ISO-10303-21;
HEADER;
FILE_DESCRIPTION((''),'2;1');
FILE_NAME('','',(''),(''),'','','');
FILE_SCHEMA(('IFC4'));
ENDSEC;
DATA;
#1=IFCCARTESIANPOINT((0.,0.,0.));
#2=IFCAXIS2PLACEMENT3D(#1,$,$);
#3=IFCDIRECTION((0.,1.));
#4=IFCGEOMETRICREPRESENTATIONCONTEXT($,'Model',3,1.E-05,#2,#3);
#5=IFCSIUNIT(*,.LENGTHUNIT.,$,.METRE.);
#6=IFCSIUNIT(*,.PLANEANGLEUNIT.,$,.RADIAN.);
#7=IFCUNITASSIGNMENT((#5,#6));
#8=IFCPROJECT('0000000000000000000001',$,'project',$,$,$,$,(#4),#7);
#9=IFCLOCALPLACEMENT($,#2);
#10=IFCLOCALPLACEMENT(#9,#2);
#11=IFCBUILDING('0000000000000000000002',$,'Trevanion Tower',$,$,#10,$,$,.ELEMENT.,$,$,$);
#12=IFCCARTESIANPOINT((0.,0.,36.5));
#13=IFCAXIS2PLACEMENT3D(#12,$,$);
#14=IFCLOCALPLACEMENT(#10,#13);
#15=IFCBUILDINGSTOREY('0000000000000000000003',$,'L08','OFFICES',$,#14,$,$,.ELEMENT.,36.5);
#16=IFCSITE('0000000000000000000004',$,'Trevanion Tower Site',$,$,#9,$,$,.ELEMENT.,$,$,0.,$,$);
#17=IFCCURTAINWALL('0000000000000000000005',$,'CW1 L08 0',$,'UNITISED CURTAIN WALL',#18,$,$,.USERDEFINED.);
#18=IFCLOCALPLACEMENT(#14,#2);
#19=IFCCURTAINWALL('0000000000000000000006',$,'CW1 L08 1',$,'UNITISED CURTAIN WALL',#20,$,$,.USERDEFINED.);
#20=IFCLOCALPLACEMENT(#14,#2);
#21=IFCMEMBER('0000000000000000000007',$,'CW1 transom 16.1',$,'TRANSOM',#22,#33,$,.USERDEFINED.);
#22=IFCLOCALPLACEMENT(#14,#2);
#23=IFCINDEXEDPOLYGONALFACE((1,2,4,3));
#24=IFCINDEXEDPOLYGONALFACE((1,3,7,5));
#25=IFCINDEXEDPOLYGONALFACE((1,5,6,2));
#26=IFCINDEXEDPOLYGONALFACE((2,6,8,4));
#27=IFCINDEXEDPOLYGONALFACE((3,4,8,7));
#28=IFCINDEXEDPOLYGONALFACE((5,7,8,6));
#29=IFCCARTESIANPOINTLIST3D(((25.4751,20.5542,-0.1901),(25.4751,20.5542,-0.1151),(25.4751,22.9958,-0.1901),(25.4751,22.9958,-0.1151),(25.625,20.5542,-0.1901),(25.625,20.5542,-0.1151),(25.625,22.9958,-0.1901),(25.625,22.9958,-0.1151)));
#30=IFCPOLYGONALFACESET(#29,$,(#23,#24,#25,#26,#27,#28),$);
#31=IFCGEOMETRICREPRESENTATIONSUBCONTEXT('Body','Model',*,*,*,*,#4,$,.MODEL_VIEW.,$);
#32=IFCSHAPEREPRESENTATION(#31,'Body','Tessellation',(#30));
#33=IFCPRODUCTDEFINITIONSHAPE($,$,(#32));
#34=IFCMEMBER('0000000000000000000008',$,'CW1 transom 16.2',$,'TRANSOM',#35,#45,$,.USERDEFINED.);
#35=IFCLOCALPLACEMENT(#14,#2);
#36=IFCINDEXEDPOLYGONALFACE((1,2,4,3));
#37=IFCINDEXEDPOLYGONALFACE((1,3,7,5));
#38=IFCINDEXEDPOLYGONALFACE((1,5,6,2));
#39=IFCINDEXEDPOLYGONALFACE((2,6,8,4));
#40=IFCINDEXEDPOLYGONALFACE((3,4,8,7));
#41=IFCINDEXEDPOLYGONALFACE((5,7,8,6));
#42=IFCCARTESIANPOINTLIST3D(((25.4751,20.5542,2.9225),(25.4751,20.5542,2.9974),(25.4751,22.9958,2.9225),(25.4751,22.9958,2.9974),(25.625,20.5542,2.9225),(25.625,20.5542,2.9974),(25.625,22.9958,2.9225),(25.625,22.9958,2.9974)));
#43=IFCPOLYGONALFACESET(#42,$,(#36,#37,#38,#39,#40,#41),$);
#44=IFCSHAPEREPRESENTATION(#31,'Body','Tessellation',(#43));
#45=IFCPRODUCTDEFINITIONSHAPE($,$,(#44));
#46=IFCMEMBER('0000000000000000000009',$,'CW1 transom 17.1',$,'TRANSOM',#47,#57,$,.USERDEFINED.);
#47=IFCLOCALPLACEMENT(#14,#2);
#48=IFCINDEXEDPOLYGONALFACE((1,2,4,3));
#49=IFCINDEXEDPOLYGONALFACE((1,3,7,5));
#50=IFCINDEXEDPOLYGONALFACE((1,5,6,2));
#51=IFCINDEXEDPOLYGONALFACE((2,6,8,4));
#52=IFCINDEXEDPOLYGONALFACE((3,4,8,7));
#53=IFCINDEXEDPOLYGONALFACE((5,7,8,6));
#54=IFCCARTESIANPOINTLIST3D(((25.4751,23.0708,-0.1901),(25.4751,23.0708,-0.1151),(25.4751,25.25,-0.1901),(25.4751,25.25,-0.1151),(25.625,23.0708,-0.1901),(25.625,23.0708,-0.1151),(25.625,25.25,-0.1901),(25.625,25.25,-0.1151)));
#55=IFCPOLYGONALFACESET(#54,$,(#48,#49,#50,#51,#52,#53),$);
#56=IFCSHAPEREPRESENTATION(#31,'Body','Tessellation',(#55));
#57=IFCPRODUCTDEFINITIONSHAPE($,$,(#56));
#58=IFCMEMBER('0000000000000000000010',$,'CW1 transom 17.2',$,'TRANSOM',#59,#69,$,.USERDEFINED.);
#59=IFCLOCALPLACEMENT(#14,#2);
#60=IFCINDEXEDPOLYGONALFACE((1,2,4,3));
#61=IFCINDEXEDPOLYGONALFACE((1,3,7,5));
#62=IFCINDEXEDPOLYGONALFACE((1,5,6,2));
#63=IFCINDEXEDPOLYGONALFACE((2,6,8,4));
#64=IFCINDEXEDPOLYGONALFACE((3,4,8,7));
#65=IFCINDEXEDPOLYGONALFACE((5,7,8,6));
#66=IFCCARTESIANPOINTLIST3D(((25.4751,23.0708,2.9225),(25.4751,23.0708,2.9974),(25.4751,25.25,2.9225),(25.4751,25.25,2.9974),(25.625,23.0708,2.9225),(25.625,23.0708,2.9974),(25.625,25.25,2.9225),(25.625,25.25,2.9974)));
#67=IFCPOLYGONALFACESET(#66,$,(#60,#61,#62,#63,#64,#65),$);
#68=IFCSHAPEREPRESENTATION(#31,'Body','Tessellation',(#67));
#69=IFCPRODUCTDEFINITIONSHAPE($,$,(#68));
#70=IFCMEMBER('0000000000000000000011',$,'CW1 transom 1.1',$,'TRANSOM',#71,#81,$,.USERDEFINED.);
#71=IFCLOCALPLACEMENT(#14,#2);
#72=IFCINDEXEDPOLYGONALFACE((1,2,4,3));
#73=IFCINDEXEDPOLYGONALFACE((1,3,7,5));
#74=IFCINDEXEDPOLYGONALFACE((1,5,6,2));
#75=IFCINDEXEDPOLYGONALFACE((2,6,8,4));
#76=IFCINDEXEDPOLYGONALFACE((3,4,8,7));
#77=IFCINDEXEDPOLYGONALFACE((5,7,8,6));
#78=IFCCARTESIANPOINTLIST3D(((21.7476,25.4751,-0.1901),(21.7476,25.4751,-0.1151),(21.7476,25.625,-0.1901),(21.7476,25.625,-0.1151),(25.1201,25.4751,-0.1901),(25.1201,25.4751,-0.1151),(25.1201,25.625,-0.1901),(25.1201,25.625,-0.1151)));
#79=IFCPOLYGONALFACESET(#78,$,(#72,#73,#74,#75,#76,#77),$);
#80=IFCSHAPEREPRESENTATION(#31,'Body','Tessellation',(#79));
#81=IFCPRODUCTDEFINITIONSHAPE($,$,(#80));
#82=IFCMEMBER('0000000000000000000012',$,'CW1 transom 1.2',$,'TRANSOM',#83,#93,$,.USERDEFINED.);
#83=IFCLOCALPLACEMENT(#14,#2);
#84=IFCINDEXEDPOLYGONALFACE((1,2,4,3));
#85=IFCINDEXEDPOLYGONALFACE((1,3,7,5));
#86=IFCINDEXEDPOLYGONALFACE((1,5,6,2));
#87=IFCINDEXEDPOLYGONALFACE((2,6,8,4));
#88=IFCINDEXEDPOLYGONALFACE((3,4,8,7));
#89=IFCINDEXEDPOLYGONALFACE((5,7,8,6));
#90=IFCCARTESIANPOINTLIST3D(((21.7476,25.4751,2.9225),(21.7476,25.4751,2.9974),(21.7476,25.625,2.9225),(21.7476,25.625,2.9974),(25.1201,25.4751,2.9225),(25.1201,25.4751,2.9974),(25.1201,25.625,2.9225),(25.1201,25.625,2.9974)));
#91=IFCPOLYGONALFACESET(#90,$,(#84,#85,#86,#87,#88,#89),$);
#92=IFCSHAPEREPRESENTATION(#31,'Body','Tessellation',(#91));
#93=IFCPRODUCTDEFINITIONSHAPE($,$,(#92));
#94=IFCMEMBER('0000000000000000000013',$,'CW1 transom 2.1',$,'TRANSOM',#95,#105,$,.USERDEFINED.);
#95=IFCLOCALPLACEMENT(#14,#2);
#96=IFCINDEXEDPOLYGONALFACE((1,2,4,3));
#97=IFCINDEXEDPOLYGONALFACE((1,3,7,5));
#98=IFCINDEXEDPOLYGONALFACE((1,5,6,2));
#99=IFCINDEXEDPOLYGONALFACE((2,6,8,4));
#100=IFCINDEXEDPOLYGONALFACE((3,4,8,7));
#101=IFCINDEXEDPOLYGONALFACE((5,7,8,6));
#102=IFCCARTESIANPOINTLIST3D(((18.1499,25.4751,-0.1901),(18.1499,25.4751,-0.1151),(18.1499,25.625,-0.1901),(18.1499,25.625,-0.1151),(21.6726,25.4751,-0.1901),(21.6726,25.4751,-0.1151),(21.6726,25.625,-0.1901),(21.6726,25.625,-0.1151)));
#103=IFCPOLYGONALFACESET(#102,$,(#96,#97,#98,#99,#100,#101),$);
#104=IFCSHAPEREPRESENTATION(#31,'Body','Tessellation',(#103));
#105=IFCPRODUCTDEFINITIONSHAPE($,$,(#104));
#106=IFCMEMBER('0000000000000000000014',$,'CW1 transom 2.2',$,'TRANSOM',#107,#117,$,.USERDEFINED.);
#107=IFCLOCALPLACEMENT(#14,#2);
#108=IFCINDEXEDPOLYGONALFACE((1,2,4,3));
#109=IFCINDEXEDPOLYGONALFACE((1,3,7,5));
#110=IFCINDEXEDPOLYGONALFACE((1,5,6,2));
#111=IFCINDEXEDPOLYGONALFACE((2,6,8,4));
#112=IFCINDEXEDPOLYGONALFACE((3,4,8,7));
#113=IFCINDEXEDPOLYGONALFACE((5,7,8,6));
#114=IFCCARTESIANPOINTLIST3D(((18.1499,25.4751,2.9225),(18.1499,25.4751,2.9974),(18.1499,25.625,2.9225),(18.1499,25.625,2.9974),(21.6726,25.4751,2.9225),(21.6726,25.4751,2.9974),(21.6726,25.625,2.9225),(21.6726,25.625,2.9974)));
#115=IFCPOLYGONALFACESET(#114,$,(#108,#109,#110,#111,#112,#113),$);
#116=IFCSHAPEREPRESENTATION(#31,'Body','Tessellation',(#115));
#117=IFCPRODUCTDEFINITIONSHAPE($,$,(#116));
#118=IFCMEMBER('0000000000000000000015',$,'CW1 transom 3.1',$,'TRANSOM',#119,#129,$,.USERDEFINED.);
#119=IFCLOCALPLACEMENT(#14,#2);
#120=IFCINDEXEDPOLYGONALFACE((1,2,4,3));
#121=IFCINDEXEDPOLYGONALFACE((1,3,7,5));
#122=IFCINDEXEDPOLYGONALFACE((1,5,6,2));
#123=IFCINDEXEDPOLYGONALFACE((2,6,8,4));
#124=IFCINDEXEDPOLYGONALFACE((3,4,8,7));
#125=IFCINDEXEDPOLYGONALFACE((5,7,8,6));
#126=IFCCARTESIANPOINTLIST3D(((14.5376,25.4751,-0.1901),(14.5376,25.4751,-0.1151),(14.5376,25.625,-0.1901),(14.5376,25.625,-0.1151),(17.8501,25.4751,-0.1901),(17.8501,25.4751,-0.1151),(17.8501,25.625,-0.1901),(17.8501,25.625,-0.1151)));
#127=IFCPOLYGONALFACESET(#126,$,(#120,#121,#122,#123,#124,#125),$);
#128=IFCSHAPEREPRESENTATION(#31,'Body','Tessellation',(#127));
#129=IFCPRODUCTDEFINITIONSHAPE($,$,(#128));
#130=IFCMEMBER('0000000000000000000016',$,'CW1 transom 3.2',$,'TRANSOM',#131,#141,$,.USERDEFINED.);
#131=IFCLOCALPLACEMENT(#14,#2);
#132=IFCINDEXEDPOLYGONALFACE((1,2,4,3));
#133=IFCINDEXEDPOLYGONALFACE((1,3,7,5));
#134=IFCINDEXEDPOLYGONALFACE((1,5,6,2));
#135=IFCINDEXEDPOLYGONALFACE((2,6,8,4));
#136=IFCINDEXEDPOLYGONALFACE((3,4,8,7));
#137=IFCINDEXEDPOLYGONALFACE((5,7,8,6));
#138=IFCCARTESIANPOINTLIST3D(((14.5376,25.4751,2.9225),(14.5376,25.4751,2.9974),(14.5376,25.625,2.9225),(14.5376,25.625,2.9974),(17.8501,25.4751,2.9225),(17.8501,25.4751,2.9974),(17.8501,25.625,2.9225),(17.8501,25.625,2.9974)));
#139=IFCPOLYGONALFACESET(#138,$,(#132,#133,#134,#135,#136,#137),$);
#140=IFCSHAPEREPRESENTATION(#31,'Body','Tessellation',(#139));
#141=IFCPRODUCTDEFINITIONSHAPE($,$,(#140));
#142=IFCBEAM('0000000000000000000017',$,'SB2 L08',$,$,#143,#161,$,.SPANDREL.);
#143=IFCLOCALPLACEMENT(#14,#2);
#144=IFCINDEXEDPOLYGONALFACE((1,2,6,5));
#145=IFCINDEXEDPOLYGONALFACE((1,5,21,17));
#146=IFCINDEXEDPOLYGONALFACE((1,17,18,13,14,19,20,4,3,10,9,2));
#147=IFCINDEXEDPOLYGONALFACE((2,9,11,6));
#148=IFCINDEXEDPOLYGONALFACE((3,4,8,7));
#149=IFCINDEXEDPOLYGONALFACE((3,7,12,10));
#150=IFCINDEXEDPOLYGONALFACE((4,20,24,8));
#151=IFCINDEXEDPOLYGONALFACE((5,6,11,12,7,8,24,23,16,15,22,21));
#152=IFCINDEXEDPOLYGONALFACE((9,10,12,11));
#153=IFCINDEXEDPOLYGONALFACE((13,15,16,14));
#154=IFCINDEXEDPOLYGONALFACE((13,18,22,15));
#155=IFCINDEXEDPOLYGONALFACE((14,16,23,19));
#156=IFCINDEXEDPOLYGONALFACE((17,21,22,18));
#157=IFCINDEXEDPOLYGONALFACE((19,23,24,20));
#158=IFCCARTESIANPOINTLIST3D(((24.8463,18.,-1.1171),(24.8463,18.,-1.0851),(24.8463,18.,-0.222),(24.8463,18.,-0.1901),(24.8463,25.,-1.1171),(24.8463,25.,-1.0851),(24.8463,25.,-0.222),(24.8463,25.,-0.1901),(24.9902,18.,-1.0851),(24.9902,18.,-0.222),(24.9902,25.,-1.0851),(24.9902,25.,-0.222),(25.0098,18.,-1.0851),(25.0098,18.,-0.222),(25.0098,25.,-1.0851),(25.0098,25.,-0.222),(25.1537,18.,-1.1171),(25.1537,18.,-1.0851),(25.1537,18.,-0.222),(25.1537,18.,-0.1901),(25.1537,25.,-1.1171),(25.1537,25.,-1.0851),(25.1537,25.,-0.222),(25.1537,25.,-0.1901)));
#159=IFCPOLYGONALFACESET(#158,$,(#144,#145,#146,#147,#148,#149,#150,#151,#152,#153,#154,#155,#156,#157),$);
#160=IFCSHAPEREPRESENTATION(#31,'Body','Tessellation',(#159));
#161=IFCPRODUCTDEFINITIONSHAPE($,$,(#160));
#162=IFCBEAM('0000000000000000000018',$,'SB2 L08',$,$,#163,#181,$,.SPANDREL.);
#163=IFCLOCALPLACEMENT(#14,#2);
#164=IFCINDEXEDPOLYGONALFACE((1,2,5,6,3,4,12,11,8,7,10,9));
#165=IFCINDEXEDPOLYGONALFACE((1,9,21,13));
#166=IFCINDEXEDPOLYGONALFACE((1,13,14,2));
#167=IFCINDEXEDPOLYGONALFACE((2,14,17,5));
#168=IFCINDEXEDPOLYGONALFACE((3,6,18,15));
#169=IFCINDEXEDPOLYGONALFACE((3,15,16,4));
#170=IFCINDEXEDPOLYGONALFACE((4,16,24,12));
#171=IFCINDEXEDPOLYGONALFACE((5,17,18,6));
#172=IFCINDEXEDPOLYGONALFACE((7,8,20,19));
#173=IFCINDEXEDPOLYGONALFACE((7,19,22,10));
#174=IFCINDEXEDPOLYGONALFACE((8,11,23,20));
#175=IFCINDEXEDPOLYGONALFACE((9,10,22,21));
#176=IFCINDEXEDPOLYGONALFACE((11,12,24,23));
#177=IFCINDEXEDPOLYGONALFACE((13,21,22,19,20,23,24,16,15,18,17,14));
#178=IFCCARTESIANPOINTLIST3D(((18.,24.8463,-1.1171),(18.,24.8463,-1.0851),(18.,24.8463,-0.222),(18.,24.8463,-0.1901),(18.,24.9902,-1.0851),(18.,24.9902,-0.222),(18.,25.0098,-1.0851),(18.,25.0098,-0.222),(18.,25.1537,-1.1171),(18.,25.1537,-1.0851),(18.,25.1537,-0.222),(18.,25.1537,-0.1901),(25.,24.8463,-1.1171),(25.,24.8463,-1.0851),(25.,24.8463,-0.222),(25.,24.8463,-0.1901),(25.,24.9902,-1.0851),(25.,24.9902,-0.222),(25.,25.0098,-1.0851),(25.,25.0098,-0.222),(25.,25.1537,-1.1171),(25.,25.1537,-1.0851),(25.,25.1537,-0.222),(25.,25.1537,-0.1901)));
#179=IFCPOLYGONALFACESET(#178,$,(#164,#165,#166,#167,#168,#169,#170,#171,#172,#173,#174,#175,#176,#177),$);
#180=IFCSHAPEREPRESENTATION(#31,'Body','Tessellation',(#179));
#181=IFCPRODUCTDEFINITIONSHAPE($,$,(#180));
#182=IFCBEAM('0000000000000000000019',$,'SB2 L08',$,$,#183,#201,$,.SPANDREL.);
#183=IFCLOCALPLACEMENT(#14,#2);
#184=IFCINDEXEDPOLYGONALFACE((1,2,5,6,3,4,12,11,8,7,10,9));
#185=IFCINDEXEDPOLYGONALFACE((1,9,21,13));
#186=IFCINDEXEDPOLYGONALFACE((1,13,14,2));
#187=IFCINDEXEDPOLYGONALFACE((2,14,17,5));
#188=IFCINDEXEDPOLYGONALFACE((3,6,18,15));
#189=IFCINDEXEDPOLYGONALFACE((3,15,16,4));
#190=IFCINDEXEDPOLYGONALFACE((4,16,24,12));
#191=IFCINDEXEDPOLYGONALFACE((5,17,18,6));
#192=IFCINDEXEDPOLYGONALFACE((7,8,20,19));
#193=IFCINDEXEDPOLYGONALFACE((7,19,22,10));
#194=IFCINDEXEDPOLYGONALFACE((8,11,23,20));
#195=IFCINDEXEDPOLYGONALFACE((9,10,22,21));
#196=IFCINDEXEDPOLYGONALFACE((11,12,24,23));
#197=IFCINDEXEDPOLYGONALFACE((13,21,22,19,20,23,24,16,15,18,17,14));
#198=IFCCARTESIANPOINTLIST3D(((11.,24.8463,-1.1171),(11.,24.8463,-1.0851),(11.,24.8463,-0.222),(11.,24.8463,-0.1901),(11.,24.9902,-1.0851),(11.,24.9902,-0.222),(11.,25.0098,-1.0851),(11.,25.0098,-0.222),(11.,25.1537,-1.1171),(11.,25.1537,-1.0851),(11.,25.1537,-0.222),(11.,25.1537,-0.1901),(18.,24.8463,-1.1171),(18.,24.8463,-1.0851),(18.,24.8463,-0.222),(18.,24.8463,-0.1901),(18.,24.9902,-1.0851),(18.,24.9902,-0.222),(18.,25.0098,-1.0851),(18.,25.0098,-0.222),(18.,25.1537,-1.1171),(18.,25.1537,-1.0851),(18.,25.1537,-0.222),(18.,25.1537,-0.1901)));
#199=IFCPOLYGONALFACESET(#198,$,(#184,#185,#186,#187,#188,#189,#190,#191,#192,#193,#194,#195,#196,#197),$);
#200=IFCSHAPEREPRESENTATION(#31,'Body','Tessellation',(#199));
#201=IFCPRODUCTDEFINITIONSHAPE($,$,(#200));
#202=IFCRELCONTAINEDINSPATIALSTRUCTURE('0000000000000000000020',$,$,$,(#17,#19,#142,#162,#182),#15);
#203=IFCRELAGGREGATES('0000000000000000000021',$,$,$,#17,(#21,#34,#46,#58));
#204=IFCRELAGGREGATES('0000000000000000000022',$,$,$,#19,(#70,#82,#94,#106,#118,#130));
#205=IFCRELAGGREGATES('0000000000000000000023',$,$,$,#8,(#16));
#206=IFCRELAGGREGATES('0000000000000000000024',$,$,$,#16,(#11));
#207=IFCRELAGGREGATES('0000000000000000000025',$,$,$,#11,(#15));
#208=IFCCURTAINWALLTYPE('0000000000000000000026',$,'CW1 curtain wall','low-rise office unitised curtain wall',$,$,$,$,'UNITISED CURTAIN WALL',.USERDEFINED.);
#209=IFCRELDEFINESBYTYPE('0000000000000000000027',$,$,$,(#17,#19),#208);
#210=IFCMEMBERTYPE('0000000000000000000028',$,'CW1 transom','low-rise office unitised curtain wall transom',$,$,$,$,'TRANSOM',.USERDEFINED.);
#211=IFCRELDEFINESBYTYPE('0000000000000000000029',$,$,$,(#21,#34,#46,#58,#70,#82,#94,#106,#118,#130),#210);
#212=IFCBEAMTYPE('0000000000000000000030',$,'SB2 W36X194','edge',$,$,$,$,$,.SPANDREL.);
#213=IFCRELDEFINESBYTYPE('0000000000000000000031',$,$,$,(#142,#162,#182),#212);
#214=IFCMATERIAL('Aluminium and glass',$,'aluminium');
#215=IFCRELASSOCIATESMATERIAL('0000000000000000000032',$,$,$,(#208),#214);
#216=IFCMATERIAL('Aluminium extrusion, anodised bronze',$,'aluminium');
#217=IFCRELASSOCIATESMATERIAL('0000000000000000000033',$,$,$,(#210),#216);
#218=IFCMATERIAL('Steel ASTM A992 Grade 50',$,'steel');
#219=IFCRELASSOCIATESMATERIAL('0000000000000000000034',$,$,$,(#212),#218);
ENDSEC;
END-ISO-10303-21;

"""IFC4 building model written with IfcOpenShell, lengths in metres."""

from ifc_helpers import new_model, si_unit, direction, frame, origin, origin_2d, place, context, subcontext, project, spatial, rectangle, i_section, extrude, material, material_profile, profile_set, type_object, element, aggregate, save


model = new_model("IFC4")

# Units and contexts
model_context = context("Model", 3, precision=1e-05, world=origin(), true_north=direction((0.0, 1.0)))
body_context = subcontext(model_context, "Body", "Model", "MODEL_VIEW")
ifc_project = project(units=[si_unit("LENGTHUNIT", "METRE"), si_unit("PLANEANGLEUNIT", "RADIAN")], contexts=[model_context])

# Site, building, storey
site_placement = place(None, origin())
site = spatial("IfcSite", under=ifc_project, at=site_placement, Name="Trevanion Tower Site", CompositionType="ELEMENT", RefElevation=0.0)
building_placement = place(site_placement, origin())
building = spatial("IfcBuilding", under=site, at=building_placement, Name="Trevanion Tower", CompositionType="ELEMENT")
storey_placement = place(building_placement, frame((0.0, 0.0, 36.5)))
storey = spatial("IfcBuildingStorey", under=building, at=storey_placement, Name="L08", Description="OFFICES", CompositionType="ELEMENT", Elevation=36.5)

# Curtain wall
ifc_material_1 = material(Name="Aluminium and glass", Category="aluminium")
curtain_wall_type = type_object("IfcCurtainWallType", Name="CW1 curtain wall", Description="low-rise office unitised curtain wall", ElementType="UNITISED CURTAIN WALL", PredefinedType="USERDEFINED", material=ifc_material_1)
curtain_wall_1_placement = place(storey_placement, origin())
curtain_wall_1 = element("IfcCurtainWall", 1, at=curtain_wall_1_placement, inside=storey, type_object=curtain_wall_type, Name="CW1 L08 0", ObjectType="UNITISED CURTAIN WALL", PredefinedType="USERDEFINED")

# Curtain wall
curtain_wall_2_placement = place(storey_placement, origin())
curtain_wall_2 = element("IfcCurtainWall", 2, at=curtain_wall_2_placement, inside=storey, type_object=curtain_wall_type, Name="CW1 L08 1", ObjectType="UNITISED CURTAIN WALL", PredefinedType="USERDEFINED")

# Members
ifc_material_2 = material(Name="Aluminium extrusion, anodised bronze", Category="aluminium")
ifc_material_profile_1 = material_profile(ifc_material_2, rectangle(XDim=0.1499, YDim=0.075, at=origin_2d()), Name="CW1 transom")
ifc_profile_set_1 = profile_set([ifc_material_profile_1], Name="Aluminium extrusion, anodised bronze")
member_type_1 = type_object("IfcMemberType", Name="CW1 transom", Description="low-rise office unitised curtain wall transom", ElementType="TRANSOM", PredefinedType="USERDEFINED", material=ifc_profile_set_1)
member_1_placement = place(storey_placement, frame((25.55, 20.5542, -0.1526), z_axis=(0.0, 1.0, 0.0), x_axis=(-1.0, 0.0, 0.0)))
member_1 = element("IfcMember", 3, at=member_1_placement, type_object=member_type_1, Name="CW1 transom 16.1", ObjectType="TRANSOM", PredefinedType="USERDEFINED", context=body_context, shape_type="SweptSolid", body=[
    extrude(rectangle(XDim=0.1499, YDim=0.075, at=origin_2d()), origin(), (0.0, 0.0, 1.0), 2.4417),
])
member_2_placement = place(storey_placement, frame((25.55, 20.5542, 2.96), z_axis=(0.0, 1.0, 0.0), x_axis=(-1.0, 0.0, 0.0)))
member_2 = element("IfcMember", 4, at=member_2_placement, type_object=member_type_1, Name="CW1 transom 16.2", ObjectType="TRANSOM", PredefinedType="USERDEFINED", context=body_context, shape_type="SweptSolid", body=[
    extrude(rectangle(XDim=0.1499, YDim=0.075, at=origin_2d()), origin(), (0.0, 0.0, 1.0), 2.4417),
])
member_3_placement = place(storey_placement, frame((25.55, 23.0708, -0.1526), z_axis=(0.0, 1.0, 0.0), x_axis=(-1.0, 0.0, 0.0)))
member_3 = element("IfcMember", 5, at=member_3_placement, type_object=member_type_1, Name="CW1 transom 17.1", ObjectType="TRANSOM", PredefinedType="USERDEFINED", context=body_context, shape_type="SweptSolid", body=[
    extrude(rectangle(XDim=0.1499, YDim=0.075, at=origin_2d()), origin(), (0.0, 0.0, 1.0), 2.1792),
])
member_4_placement = place(storey_placement, frame((25.55, 23.0708, 2.96), z_axis=(0.0, 1.0, 0.0), x_axis=(-1.0, 0.0, 0.0)))
member_4 = element("IfcMember", 6, at=member_4_placement, type_object=member_type_1, Name="CW1 transom 17.2", ObjectType="TRANSOM", PredefinedType="USERDEFINED", context=body_context, shape_type="SweptSolid", body=[
    extrude(rectangle(XDim=0.1499, YDim=0.075, at=origin_2d()), origin(), (0.0, 0.0, 1.0), 2.1792),
])
member_5_placement = place(storey_placement, frame((25.1201, 25.55, -0.1526), z_axis=(-1.0, 0.0, 0.0), x_axis=(0.0, -1.0, 0.0)))
member_5 = element("IfcMember", 7, at=member_5_placement, type_object=member_type_1, Name="CW1 transom 1.1", ObjectType="TRANSOM", PredefinedType="USERDEFINED", context=body_context, shape_type="SweptSolid", body=[
    extrude(rectangle(XDim=0.1499, YDim=0.075, at=origin_2d()), origin(), (0.0, 0.0, 1.0), 3.3726),
])
member_6_placement = place(storey_placement, frame((25.1201, 25.55, 2.96), z_axis=(-1.0, 0.0, 0.0), x_axis=(0.0, -1.0, 0.0)))
member_6 = element("IfcMember", 8, at=member_6_placement, type_object=member_type_1, Name="CW1 transom 1.2", ObjectType="TRANSOM", PredefinedType="USERDEFINED", context=body_context, shape_type="SweptSolid", body=[
    extrude(rectangle(XDim=0.1499, YDim=0.075, at=origin_2d()), origin(), (0.0, 0.0, 1.0), 3.3726),
])
member_7_placement = place(storey_placement, frame((21.6726, 25.55, -0.1526), z_axis=(-1.0, 0.0, 0.0), x_axis=(0.0, -1.0, 0.0)))
member_7 = element("IfcMember", 9, at=member_7_placement, type_object=member_type_1, Name="CW1 transom 2.1", ObjectType="TRANSOM", PredefinedType="USERDEFINED", context=body_context, shape_type="SweptSolid", body=[
    extrude(rectangle(XDim=0.1499, YDim=0.075, at=origin_2d()), origin(), (0.0, 0.0, 1.0), 3.5227),
])
member_8_placement = place(storey_placement, frame((21.6726, 25.55, 2.96), z_axis=(-1.0, 0.0, 0.0), x_axis=(0.0, -1.0, 0.0)))
member_8 = element("IfcMember", 10, at=member_8_placement, type_object=member_type_1, Name="CW1 transom 2.2", ObjectType="TRANSOM", PredefinedType="USERDEFINED", context=body_context, shape_type="SweptSolid", body=[
    extrude(rectangle(XDim=0.1499, YDim=0.075, at=origin_2d()), origin(), (0.0, 0.0, 1.0), 3.5227),
])
member_9_placement = place(storey_placement, frame((17.8501, 25.55, -0.1526), z_axis=(-1.0, 0.0, 0.0), x_axis=(0.0, -1.0, 0.0)))
member_9 = element("IfcMember", 11, at=member_9_placement, type_object=member_type_1, Name="CW1 transom 3.1", ObjectType="TRANSOM", PredefinedType="USERDEFINED", context=body_context, shape_type="SweptSolid", body=[
    extrude(rectangle(XDim=0.1499, YDim=0.075, at=origin_2d()), origin(), (0.0, 0.0, 1.0), 3.3125),
])
member_10_placement = place(storey_placement, frame((17.8501, 25.55, 2.96), z_axis=(-1.0, 0.0, 0.0), x_axis=(0.0, -1.0, 0.0)))
member_10 = element("IfcMember", 12, at=member_10_placement, type_object=member_type_1, Name="CW1 transom 3.2", ObjectType="TRANSOM", PredefinedType="USERDEFINED", context=body_context, shape_type="SweptSolid", body=[
    extrude(rectangle(XDim=0.1499, YDim=0.075, at=origin_2d()), origin(), (0.0, 0.0, 1.0), 3.3125),
])

# Beams
ifc_material_3 = material(Name="Steel ASTM A992 Grade 50", Category="steel")
ifc_material_profile_2 = material_profile(ifc_material_3, i_section(OverallWidth=0.3074, OverallDepth=0.927, WebThickness=0.0195, FlangeThickness=0.032, at=origin_2d()), Name="W36X194")
ifc_profile_set_2 = profile_set([ifc_material_profile_2], Name="Steel ASTM A992 Grade 50")
beam_type = type_object("IfcBeamType", Name="SB2 W36X194", Description="edge", PredefinedType="SPANDREL", material=ifc_profile_set_2)
for number, where, z_axis, x_axis, name in (
    (13, (25.0, 18.0, -0.6536), (0.0, 1.0, 0.0), (-1.0, 0.0, 0.0), "SB2 L08"),
    (14, (25.0, 25.0, -0.6536), (-1.0, 0.0, 0.0), (0.0, -1.0, 0.0), "SB2 L08"),
    (15, (18.0, 25.0, -0.6536), (-1.0, 0.0, 0.0), (0.0, -1.0, 0.0), "SB2 L08"),
):
    element("IfcBeam", number, at=place(storey_placement, frame(where, z_axis=z_axis, x_axis=x_axis)), inside=storey, type_object=beam_type, Name=name, PredefinedType="SPANDREL", context=body_context, shape_type="SweptSolid", body=[
        extrude(i_section(OverallWidth=0.3074, OverallDepth=0.927, WebThickness=0.0195, FlangeThickness=0.032, at=origin_2d()), origin(), (0.0, 0.0, 1.0), 7.0),
    ])

aggregate(curtain_wall_1, [member_1, member_2, member_3, member_4])
aggregate(curtain_wall_2, [member_5, member_6, member_7, member_8, member_9, member_10])

save(model, "model.ifc")
